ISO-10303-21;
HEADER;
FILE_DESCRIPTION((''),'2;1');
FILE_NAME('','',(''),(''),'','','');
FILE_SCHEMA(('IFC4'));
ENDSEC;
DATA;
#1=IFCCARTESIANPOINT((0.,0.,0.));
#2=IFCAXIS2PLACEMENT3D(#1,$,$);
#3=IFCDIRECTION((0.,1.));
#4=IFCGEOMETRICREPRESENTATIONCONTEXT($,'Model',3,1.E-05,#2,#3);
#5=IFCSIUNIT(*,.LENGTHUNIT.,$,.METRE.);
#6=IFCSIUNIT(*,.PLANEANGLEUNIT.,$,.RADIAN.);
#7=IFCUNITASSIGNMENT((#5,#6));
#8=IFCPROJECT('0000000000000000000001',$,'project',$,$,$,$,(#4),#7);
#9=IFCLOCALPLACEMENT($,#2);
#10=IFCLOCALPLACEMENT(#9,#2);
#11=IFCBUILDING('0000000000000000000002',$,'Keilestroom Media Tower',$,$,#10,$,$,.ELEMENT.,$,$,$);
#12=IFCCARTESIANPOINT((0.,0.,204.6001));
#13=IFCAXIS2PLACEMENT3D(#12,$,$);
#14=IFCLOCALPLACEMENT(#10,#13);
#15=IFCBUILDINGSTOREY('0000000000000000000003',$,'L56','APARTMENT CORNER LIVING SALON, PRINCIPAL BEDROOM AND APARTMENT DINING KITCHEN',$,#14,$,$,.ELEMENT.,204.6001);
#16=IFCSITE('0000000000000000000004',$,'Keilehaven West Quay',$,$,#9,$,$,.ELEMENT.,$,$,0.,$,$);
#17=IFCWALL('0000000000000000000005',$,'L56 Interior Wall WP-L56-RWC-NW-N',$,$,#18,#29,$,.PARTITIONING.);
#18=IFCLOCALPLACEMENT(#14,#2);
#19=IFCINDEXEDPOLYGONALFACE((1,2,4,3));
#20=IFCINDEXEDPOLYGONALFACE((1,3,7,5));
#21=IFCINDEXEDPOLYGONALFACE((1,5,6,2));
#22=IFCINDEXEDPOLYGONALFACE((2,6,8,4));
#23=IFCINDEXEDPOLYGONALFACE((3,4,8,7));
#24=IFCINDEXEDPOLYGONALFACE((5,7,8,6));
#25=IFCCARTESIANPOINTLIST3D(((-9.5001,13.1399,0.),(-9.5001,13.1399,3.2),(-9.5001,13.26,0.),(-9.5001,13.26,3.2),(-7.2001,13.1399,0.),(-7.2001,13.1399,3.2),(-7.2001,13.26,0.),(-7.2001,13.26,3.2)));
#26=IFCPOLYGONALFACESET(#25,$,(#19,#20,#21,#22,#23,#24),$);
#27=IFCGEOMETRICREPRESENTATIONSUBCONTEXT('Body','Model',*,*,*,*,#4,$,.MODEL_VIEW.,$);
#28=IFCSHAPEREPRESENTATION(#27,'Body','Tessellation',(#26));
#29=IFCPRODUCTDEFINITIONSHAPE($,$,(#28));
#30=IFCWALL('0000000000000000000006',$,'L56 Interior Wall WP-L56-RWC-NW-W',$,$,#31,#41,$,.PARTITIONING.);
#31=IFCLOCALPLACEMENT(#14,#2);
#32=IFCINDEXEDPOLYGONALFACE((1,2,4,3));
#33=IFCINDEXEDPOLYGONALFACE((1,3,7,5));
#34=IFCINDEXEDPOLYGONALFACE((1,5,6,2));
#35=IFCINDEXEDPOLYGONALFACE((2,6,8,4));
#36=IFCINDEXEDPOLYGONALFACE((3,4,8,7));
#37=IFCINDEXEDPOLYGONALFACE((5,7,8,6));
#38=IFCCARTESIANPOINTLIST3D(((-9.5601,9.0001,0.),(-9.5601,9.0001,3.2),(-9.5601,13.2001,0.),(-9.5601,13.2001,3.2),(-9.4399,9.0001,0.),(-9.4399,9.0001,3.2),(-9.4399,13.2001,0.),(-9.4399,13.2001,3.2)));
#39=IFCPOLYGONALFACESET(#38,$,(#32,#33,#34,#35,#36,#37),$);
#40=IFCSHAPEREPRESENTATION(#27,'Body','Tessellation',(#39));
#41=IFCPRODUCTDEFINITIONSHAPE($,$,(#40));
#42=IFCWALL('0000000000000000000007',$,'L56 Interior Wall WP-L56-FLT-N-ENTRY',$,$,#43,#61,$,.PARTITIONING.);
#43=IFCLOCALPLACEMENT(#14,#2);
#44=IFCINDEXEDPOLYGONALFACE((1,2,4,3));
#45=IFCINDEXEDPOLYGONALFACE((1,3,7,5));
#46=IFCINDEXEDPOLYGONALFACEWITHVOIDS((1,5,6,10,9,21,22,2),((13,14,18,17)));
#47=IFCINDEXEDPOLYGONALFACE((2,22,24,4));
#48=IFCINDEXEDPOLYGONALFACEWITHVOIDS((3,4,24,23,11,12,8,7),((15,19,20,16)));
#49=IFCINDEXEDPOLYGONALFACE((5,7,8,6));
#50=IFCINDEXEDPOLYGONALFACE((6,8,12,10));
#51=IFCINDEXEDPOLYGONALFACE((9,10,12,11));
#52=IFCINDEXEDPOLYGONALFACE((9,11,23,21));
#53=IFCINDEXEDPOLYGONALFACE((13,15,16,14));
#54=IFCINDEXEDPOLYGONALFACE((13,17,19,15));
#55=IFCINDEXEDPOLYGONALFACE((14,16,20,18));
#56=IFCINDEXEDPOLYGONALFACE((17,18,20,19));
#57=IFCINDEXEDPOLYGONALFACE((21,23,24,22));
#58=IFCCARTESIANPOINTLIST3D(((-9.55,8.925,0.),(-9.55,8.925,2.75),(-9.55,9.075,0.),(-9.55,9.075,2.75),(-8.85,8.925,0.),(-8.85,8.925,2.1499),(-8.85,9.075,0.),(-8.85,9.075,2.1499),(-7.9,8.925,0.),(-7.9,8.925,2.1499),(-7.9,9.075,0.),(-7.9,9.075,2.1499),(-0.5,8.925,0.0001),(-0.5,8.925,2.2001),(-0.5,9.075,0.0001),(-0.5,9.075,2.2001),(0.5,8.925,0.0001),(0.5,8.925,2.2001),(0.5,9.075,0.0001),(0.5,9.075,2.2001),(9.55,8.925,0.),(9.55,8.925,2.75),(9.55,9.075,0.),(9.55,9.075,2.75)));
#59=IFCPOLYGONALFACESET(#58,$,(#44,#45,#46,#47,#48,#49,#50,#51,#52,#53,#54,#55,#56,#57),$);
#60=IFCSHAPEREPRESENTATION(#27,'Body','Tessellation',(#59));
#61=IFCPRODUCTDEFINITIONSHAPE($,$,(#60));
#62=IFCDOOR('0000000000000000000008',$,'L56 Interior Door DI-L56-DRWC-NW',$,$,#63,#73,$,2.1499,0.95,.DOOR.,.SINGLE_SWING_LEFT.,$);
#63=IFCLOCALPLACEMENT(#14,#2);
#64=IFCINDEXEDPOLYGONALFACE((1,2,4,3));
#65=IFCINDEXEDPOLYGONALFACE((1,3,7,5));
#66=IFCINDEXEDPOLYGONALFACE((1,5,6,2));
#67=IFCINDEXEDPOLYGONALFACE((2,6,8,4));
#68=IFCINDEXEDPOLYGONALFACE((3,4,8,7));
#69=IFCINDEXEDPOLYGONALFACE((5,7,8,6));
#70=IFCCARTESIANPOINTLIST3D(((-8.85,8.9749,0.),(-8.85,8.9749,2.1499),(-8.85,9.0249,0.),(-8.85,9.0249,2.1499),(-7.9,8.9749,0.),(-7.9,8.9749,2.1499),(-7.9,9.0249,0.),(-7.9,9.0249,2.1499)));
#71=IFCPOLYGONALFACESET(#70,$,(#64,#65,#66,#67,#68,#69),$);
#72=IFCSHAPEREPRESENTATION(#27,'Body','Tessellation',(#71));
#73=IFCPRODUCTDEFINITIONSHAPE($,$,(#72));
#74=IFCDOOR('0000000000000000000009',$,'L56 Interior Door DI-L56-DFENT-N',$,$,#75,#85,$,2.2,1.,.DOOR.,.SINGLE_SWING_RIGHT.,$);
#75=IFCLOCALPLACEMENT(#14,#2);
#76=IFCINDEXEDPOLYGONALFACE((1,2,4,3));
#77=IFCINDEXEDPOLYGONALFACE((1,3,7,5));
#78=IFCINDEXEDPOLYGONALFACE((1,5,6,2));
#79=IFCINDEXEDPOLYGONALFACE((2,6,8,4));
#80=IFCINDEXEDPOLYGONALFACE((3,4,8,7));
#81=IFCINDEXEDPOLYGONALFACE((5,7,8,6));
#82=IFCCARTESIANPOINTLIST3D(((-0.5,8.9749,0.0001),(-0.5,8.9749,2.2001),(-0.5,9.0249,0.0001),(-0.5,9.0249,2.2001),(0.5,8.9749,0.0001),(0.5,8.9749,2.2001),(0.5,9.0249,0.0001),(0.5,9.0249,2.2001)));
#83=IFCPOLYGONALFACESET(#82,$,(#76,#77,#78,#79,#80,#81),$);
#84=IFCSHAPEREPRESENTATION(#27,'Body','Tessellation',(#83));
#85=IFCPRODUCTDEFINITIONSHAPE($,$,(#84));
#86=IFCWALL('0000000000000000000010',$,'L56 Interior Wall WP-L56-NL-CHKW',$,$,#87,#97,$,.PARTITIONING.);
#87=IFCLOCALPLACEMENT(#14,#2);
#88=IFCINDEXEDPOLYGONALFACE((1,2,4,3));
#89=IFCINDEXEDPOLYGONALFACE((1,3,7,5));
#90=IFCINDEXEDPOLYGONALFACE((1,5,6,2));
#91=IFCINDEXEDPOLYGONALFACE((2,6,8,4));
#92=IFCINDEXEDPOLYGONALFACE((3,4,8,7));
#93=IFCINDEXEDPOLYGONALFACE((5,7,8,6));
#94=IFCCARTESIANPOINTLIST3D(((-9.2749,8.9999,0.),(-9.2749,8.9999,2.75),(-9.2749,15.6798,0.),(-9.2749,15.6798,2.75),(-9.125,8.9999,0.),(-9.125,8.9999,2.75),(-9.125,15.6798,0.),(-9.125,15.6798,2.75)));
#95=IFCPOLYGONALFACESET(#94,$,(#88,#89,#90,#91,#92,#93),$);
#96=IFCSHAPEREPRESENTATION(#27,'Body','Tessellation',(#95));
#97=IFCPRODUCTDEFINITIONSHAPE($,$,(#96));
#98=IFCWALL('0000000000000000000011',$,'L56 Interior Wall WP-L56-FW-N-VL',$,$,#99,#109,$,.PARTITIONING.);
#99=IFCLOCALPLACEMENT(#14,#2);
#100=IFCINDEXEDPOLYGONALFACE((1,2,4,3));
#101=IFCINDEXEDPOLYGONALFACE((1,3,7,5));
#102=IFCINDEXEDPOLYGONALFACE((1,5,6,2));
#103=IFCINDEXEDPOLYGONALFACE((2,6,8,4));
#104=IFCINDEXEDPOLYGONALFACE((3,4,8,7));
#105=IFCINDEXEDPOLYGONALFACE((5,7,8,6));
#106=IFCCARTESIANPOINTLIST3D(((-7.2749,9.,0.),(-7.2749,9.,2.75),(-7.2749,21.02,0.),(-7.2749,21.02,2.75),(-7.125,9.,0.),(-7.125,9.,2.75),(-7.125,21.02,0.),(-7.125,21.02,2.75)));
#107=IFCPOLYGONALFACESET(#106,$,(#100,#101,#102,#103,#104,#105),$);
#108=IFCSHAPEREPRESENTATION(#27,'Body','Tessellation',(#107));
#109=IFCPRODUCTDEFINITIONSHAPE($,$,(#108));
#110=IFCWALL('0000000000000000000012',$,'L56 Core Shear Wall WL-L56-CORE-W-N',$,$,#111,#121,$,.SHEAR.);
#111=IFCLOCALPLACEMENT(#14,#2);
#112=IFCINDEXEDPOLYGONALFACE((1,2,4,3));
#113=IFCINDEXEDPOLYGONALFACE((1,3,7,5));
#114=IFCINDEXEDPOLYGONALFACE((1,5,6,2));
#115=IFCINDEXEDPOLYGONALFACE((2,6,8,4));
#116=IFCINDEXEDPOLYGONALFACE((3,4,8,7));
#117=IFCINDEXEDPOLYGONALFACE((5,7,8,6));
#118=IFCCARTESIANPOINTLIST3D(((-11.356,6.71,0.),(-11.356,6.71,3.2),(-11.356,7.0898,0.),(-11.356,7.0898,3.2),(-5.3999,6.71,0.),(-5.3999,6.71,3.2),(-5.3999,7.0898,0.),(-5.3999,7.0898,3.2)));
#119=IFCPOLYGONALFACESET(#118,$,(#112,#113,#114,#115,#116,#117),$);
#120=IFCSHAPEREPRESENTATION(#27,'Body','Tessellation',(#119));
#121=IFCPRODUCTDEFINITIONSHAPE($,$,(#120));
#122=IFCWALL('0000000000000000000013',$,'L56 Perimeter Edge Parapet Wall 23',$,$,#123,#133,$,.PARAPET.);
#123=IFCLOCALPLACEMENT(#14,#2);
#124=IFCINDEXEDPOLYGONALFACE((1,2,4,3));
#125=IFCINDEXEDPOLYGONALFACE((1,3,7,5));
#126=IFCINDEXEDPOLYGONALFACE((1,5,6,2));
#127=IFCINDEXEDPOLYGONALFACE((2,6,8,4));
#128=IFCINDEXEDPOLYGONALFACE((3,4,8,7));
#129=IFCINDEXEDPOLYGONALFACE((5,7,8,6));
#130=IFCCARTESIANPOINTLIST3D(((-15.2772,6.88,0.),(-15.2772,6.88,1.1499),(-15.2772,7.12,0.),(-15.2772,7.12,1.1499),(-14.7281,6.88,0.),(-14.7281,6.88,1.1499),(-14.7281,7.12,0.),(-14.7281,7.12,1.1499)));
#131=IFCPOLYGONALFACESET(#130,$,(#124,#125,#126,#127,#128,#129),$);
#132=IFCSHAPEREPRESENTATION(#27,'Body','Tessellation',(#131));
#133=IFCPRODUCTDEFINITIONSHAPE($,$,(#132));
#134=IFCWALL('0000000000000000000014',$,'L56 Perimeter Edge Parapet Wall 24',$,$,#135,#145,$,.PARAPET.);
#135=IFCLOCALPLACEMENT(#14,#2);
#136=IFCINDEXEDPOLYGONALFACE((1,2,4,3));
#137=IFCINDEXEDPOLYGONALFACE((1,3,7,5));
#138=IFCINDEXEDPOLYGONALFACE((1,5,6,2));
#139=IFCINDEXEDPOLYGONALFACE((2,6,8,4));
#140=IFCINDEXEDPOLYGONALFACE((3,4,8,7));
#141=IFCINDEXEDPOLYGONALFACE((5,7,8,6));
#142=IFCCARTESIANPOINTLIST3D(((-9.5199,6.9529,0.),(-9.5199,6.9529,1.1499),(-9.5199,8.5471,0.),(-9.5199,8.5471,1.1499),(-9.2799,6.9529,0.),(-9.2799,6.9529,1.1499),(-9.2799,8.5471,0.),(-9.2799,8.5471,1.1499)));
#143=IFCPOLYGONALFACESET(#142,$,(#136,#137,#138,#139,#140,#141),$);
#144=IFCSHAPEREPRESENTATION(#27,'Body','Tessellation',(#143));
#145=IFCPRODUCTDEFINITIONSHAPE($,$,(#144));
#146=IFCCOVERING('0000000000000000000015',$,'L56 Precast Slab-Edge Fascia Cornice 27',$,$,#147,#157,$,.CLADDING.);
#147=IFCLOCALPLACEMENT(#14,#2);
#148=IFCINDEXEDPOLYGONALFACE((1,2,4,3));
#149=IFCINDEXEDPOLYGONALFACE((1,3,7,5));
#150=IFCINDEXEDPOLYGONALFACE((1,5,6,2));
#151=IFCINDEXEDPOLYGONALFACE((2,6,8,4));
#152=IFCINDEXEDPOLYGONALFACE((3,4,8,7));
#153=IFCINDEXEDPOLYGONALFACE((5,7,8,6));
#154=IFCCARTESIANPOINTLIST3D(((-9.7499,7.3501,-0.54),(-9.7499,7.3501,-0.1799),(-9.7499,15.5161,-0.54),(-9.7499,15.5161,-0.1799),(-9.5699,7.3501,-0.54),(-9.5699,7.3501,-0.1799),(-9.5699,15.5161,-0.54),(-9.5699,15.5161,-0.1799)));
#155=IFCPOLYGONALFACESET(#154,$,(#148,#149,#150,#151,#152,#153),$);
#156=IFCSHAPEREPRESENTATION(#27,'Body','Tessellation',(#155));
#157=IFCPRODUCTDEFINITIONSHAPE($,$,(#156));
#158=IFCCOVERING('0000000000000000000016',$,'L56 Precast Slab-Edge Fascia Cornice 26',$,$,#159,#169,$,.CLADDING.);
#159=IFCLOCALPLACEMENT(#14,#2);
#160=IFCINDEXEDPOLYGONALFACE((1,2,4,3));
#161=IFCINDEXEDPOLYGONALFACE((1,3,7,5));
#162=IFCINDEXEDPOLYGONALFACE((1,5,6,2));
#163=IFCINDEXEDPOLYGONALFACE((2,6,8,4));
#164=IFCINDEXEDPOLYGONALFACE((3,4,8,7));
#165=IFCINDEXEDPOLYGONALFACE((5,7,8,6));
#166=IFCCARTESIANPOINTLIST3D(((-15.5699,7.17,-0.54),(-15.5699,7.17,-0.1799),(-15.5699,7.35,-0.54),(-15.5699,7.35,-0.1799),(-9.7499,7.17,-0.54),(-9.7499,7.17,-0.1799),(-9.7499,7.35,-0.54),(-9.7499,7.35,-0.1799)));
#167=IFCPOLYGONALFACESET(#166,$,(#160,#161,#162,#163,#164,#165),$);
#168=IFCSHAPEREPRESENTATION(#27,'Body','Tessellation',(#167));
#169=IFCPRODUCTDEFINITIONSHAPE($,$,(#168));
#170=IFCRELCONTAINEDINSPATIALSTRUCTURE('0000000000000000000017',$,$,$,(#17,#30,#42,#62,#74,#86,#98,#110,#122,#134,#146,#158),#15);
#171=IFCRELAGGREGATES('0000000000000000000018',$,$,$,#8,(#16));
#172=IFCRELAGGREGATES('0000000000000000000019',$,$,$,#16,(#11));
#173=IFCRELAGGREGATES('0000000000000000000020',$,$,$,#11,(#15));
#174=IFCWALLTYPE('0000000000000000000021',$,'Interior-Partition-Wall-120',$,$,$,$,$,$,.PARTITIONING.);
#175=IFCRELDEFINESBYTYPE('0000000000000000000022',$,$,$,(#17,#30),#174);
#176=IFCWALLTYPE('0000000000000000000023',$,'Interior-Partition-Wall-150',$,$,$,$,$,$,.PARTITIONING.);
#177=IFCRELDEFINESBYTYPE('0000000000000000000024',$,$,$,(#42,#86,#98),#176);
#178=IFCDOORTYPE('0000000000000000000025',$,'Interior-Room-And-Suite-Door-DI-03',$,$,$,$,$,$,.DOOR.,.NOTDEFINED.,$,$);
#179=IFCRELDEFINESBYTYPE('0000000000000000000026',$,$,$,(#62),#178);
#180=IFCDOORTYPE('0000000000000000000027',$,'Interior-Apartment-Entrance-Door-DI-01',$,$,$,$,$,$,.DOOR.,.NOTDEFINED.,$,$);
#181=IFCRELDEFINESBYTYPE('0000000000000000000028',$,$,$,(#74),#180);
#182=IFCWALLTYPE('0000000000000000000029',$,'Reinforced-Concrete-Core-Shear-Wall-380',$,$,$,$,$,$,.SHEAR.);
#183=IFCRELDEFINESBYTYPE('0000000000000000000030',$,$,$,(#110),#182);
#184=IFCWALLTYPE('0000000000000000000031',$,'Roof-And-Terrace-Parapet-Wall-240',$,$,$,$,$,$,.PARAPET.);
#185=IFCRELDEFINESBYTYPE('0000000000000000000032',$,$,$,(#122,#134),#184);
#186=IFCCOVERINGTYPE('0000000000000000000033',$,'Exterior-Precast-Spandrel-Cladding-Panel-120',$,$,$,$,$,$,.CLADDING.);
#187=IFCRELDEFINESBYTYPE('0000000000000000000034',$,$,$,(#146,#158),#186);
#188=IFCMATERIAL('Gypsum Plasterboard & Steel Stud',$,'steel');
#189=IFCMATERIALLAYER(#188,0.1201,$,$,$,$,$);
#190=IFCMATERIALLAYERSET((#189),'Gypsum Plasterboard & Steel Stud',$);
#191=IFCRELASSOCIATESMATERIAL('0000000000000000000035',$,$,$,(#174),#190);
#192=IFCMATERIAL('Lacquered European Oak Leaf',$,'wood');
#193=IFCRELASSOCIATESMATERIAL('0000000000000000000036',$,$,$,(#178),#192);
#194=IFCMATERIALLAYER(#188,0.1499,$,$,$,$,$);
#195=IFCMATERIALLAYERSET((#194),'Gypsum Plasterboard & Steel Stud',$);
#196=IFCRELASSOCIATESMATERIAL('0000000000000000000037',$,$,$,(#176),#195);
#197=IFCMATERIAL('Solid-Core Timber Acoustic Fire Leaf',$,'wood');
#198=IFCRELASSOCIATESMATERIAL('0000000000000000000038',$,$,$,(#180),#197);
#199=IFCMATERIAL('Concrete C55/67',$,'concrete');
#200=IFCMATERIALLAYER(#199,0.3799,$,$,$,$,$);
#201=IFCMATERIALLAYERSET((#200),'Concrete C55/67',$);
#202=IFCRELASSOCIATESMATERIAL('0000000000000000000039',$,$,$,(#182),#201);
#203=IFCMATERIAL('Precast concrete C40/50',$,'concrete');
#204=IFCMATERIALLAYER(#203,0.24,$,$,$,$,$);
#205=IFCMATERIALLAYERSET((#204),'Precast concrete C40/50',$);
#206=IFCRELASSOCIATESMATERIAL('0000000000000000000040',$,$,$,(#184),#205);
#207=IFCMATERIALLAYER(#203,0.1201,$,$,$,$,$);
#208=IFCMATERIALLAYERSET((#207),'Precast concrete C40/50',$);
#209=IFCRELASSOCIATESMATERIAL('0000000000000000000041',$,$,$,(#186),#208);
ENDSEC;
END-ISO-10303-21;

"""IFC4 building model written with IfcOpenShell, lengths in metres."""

from ifc_helpers import new_model, si_unit, direction, frame, frame_2d, origin, origin_2d, place, context, subcontext, project, spatial, rectangle, extrude, source, transform, mapped, material, layer, layer_set, type_object, element, fill, save


model = new_model("IFC4")

# Units and contexts
model_context = context("Model", 3, precision=1e-05, world=origin(), true_north=direction((0.0, 1.0)))
body_context = subcontext(model_context, "Body", "Model", "MODEL_VIEW")
ifc_project = project(units=[si_unit("LENGTHUNIT", "METRE"), si_unit("PLANEANGLEUNIT", "RADIAN")], contexts=[model_context])

# Site, building, storey
site_placement = place(None, origin())
site = spatial("IfcSite", under=ifc_project, at=site_placement, Name="Keilehaven West Quay", CompositionType="ELEMENT", RefElevation=0.0)
building_placement = place(site_placement, origin())
building = spatial("IfcBuilding", under=site, at=building_placement, Name="Keilestroom Media Tower", CompositionType="ELEMENT")
storey_placement = place(building_placement, frame((0.0, 0.0, 204.6001)))
storey = spatial("IfcBuildingStorey", under=building, at=storey_placement, Name="L56", Description="APARTMENT CORNER LIVING SALON, PRINCIPAL BEDROOM AND APARTMENT DINING KITCHEN", CompositionType="ELEMENT", Elevation=204.6001)

# Shared definitions
ifc_material_1 = material(Name="Precast concrete C40/50", Category="concrete")
ifc_material_2 = material(Name="Concrete C55/67", Category="concrete")

# Shared definitions
ifc_material_3 = material(Name="Gypsum Plasterboard & Steel Stud", Category="steel")
ifc_layer_1 = layer(ifc_material_3, 0.1201)
ifc_layer_set_1 = layer_set([ifc_layer_1], Name="Gypsum Plasterboard & Steel Stud")
wall_type_1 = type_object("IfcWallType", Name="Interior-Partition-Wall-120", PredefinedType="PARTITIONING", material=ifc_layer_set_1)
ifc_material_4 = material(Name="Lacquered European Oak Leaf", Category="wood")
door_type_1 = type_object("IfcDoorType", Name="Interior-Room-And-Suite-Door-DI-03", OperationType="NOTDEFINED", PredefinedType="DOOR", material=ifc_material_4)
shared_shape_1 = source(origin(), body_context, "Body", "SweptSolid", [
    extrude(rectangle(XDim=0.95, YDim=2.1499, at=frame_2d((0.4751, 1.075))), frame((0.0, 0.0249, 0.0), z_axis=(0.0, -1.0, 0.0), x_axis=(1.0, 0.0, 0.0)), (0.0, 0.0, 1.0), 0.05),
])

# Walls
wall_1_placement = place(storey_placement, frame((-9.5, 13.2, 0.0), z_axis=(0.0, 0.0, 1.0), x_axis=(1.0, 0.0, 0.0)))
element("IfcWall", 1, at=wall_1_placement, inside=storey, type_object=wall_type_1, Name="L56 Interior Wall WP-L56-RWC-NW-N", PredefinedType="PARTITIONING", context=body_context, shape_type="SweptSolid", body=[
    extrude(rectangle(XDim=2.3, YDim=0.1201, at=frame_2d((1.1499, 0.0))), origin(), (0.0, 0.0, 1.0), 3.2),
])
wall_2_placement = place(storey_placement, frame((-9.5, 9.0, 0.0), z_axis=(0.0, 0.0, 1.0), x_axis=(0.0, 1.0, 0.0)))
element("IfcWall", 2, at=wall_2_placement, inside=storey, type_object=wall_type_1, Name="L56 Interior Wall WP-L56-RWC-NW-W", PredefinedType="PARTITIONING", context=body_context, shape_type="SweptSolid", body=[
    extrude(rectangle(XDim=4.2, YDim=0.1201, at=frame_2d((2.1001, 0.0))), origin(), (0.0, 0.0, 1.0), 3.2),
])

# Wall, openings, doors
ifc_layer_2 = layer(ifc_material_3, 0.1499)
ifc_layer_set_2 = layer_set([ifc_layer_2], Name="Gypsum Plasterboard & Steel Stud")
wall_type_2 = type_object("IfcWallType", Name="Interior-Partition-Wall-150", PredefinedType="PARTITIONING", material=ifc_layer_set_2)
wall_3_placement = place(storey_placement, frame((-9.55, 9.0, 0.0), z_axis=(0.0, 0.0, 1.0), x_axis=(1.0, 0.0, 0.0)))
wall_3 = element("IfcWall", 3, at=wall_3_placement, inside=storey, type_object=wall_type_2, Name="L56 Interior Wall WP-L56-FLT-N-ENTRY", PredefinedType="PARTITIONING", context=body_context, shape_type="SweptSolid", body=[
    extrude(rectangle(XDim=19.1001, YDim=0.1499, at=frame_2d((9.55, 0.0))), origin(), (0.0, 0.0, 1.0), 2.75),
])
opening_1_placement = place(wall_3_placement, frame((0.7, 0.0, 0.0)))
opening_1 = element("IfcOpeningElement", 4, at=opening_1_placement, cuts=wall_3, PredefinedType="OPENING", context=body_context, shape_type="SweptSolid", body=[
    extrude(rectangle(XDim=0.95, YDim=2.1499, at=frame_2d((0.4751, 1.075))), frame((0.0, 0.085, 0.0), z_axis=(0.0, -1.0, 0.0), x_axis=(1.0, 0.0, 0.0)), (0.0, 0.0, 1.0), 0.1699),
])
opening_2_placement = place(wall_3_placement, frame((9.05, 0.0, 0.0)))
opening_2 = element("IfcOpeningElement", 5, at=opening_2_placement, cuts=wall_3, PredefinedType="OPENING", context=body_context, shape_type="SweptSolid", body=[
    extrude(rectangle(XDim=1.0, YDim=2.2, at=frame_2d((0.5, 1.1001))), frame((0.0, 0.085, 0.0), z_axis=(0.0, -1.0, 0.0), x_axis=(1.0, 0.0, 0.0)), (0.0, 0.0, 1.0), 0.1699),
])
door_1_placement = place(opening_1_placement, origin())
door_1 = element("IfcDoor", 6, at=door_1_placement, inside=storey, type_object=door_type_1, Name="L56 Interior Door DI-L56-DRWC-NW", OperationType="SINGLE_SWING_LEFT", OverallHeight=2.1499, OverallWidth=0.95, PredefinedType="DOOR", context=body_context, shape_type="MappedRepresentation", body=[
    mapped(shared_shape_1, transform((0.0, 0.0, 0.0), x_axis=(1.0, 0.0, 0.0), y_axis=(0.0, 1.0, 0.0), z_axis=(0.0, 0.0, 1.0), scale=1.0)),
])
fill(opening_1, door_1)
ifc_material_5 = material(Name="Solid-Core Timber Acoustic Fire Leaf", Category="wood")
door_type_2 = type_object("IfcDoorType", Name="Interior-Apartment-Entrance-Door-DI-01", OperationType="NOTDEFINED", PredefinedType="DOOR", material=ifc_material_5)
shared_shape_2 = source(origin(), body_context, "Body", "SweptSolid", [
    extrude(rectangle(XDim=1.0, YDim=2.2, at=frame_2d((0.5, 1.1001))), frame((0.0, 0.0249, 0.0), z_axis=(0.0, -1.0, 0.0), x_axis=(1.0, 0.0, 0.0)), (0.0, 0.0, 1.0), 0.05),
])
door_2_placement = place(opening_2_placement, origin())
door_2 = element("IfcDoor", 7, at=door_2_placement, inside=storey, type_object=door_type_2, Name="L56 Interior Door DI-L56-DFENT-N", OperationType="SINGLE_SWING_RIGHT", OverallHeight=2.2, OverallWidth=1.0, PredefinedType="DOOR", context=body_context, shape_type="MappedRepresentation", body=[
    mapped(shared_shape_2, transform((0.0, 0.0, 0.0), x_axis=(1.0, 0.0, 0.0), y_axis=(0.0, 1.0, 0.0), z_axis=(0.0, 0.0, 1.0), scale=1.0)),
])
fill(opening_2, door_2)

# Walls
wall_4_placement = place(storey_placement, frame((-9.2, 9.0, 0.0), z_axis=(0.0, 0.0, 1.0), x_axis=(0.0, 1.0, 0.0)))
element("IfcWall", 8, at=wall_4_placement, inside=storey, type_object=wall_type_2, Name="L56 Interior Wall WP-L56-NL-CHKW", PredefinedType="PARTITIONING", context=body_context, shape_type="SweptSolid", body=[
    extrude(rectangle(XDim=6.6799, YDim=0.1499, at=frame_2d((3.3398, 0.0))), origin(), (0.0, 0.0, 1.0), 2.75),
])
wall_5_placement = place(storey_placement, frame((-7.2, 9.0, 0.0), z_axis=(0.0, 0.0, 1.0), x_axis=(0.0, 1.0, 0.0)))
element("IfcWall", 9, at=wall_5_placement, inside=storey, type_object=wall_type_2, Name="L56 Interior Wall WP-L56-FW-N-VL", PredefinedType="PARTITIONING", context=body_context, shape_type="SweptSolid", body=[
    extrude(rectangle(XDim=12.02, YDim=0.1499, at=frame_2d((6.01, 0.0))), origin(), (0.0, 0.0, 1.0), 2.75),
])
ifc_layer_3 = layer(ifc_material_2, 0.3799)
ifc_layer_set_3 = layer_set([ifc_layer_3], Name="Concrete C55/67")
wall_type_3 = type_object("IfcWallType", Name="Reinforced-Concrete-Core-Shear-Wall-380", PredefinedType="SHEAR", material=ifc_layer_set_3)
wall_6_placement = place(storey_placement, frame((-11.356, 6.8999, 0.0), z_axis=(0.0, 0.0, 1.0), x_axis=(1.0, 0.0, 0.0)))
element("IfcWall", 10, at=wall_6_placement, inside=storey, type_object=wall_type_3, Name="L56 Core Shear Wall WL-L56-CORE-W-N", PredefinedType="SHEAR", context=body_context, shape_type="SweptSolid", body=[
    extrude(rectangle(XDim=5.9561, YDim=0.3799, at=frame_2d((2.978, 0.0))), origin(), (0.0, 0.0, 1.0), 3.2),
])
ifc_layer_4 = layer(ifc_material_1, 0.24)
ifc_layer_set_4 = layer_set([ifc_layer_4], Name="Precast concrete C40/50")
wall_type_4 = type_object("IfcWallType", Name="Roof-And-Terrace-Parapet-Wall-240", PredefinedType="PARAPET", material=ifc_layer_set_4)
wall_7_placement = place(storey_placement, frame((-15.2771, 7.0, 0.0), z_axis=(0.0, 0.0, 1.0), x_axis=(1.0, 0.0, 0.0)))
element("IfcWall", 11, at=wall_7_placement, inside=storey, type_object=wall_type_4, Name="L56 Perimeter Edge Parapet Wall 23", PredefinedType="PARAPET", context=body_context, shape_type="SweptSolid", body=[
    extrude(rectangle(XDim=0.5491, YDim=0.24, at=frame_2d((0.2744, 0.0))), origin(), (0.0, 0.0, 1.0), 1.1499),
])
wall_8_placement = place(storey_placement, frame((-9.3999, 6.9529, 0.0), z_axis=(0.0, 0.0, 1.0), x_axis=(0.0, 1.0, 0.0)))
element("IfcWall", 12, at=wall_8_placement, inside=storey, type_object=wall_type_4, Name="L56 Perimeter Edge Parapet Wall 24", PredefinedType="PARAPET", context=body_context, shape_type="SweptSolid", body=[
    extrude(rectangle(XDim=1.5942, YDim=0.24, at=frame_2d((0.7971, 0.0))), origin(), (0.0, 0.0, 1.0), 1.1499),
])

# Coverings
ifc_layer_5 = layer(ifc_material_1, 0.1201)
ifc_layer_set_5 = layer_set([ifc_layer_5], Name="Precast concrete C40/50")
covering_type_1 = type_object("IfcCoveringType", Name="Exterior-Precast-Spandrel-Cladding-Panel-120", PredefinedType="CLADDING", material=ifc_layer_set_5)
shared_shape_3 = source(origin(), body_context, "Body", "SweptSolid", [
    extrude(rectangle(XDim=8.166, YDim=0.1799, at=origin_2d()), origin(), (0.0, 0.0, 1.0), 0.3601),
])
covering_1_placement = place(storey_placement, frame((-9.6599, 11.4331, -0.54), z_axis=(0.0, 0.0, 1.0), x_axis=(0.0, 1.0, 0.0)))
element("IfcCovering", 13, at=covering_1_placement, inside=storey, type_object=covering_type_1, Name="L56 Precast Slab-Edge Fascia Cornice 27", PredefinedType="CLADDING", context=body_context, shape_type="MappedRepresentation", body=[
    mapped(shared_shape_3, transform((0.0, 0.0, 0.0), x_axis=(1.0, 0.0, 0.0), y_axis=(0.0, 1.0, 0.0), z_axis=(0.0, 0.0, 1.0), scale=1.0)),
])
shared_shape_4 = source(origin(), body_context, "Body", "SweptSolid", [
    extrude(rectangle(XDim=5.8201, YDim=0.1799, at=origin_2d()), origin(), (0.0, 0.0, 1.0), 0.3601),
])
covering_2_placement = place(storey_placement, frame((-12.6599, 7.26, -0.54), z_axis=(0.0, 0.0, 1.0), x_axis=(1.0, 0.0, 0.0)))
element("IfcCovering", 14, at=covering_2_placement, inside=storey, type_object=covering_type_1, Name="L56 Precast Slab-Edge Fascia Cornice 26", PredefinedType="CLADDING", context=body_context, shape_type="MappedRepresentation", body=[
    mapped(shared_shape_4, transform((0.0, 0.0, 0.0), x_axis=(1.0, 0.0, 0.0), y_axis=(0.0, 1.0, 0.0), z_axis=(0.0, 0.0, 1.0), scale=1.0)),
])

save(model, "model.ifc")
